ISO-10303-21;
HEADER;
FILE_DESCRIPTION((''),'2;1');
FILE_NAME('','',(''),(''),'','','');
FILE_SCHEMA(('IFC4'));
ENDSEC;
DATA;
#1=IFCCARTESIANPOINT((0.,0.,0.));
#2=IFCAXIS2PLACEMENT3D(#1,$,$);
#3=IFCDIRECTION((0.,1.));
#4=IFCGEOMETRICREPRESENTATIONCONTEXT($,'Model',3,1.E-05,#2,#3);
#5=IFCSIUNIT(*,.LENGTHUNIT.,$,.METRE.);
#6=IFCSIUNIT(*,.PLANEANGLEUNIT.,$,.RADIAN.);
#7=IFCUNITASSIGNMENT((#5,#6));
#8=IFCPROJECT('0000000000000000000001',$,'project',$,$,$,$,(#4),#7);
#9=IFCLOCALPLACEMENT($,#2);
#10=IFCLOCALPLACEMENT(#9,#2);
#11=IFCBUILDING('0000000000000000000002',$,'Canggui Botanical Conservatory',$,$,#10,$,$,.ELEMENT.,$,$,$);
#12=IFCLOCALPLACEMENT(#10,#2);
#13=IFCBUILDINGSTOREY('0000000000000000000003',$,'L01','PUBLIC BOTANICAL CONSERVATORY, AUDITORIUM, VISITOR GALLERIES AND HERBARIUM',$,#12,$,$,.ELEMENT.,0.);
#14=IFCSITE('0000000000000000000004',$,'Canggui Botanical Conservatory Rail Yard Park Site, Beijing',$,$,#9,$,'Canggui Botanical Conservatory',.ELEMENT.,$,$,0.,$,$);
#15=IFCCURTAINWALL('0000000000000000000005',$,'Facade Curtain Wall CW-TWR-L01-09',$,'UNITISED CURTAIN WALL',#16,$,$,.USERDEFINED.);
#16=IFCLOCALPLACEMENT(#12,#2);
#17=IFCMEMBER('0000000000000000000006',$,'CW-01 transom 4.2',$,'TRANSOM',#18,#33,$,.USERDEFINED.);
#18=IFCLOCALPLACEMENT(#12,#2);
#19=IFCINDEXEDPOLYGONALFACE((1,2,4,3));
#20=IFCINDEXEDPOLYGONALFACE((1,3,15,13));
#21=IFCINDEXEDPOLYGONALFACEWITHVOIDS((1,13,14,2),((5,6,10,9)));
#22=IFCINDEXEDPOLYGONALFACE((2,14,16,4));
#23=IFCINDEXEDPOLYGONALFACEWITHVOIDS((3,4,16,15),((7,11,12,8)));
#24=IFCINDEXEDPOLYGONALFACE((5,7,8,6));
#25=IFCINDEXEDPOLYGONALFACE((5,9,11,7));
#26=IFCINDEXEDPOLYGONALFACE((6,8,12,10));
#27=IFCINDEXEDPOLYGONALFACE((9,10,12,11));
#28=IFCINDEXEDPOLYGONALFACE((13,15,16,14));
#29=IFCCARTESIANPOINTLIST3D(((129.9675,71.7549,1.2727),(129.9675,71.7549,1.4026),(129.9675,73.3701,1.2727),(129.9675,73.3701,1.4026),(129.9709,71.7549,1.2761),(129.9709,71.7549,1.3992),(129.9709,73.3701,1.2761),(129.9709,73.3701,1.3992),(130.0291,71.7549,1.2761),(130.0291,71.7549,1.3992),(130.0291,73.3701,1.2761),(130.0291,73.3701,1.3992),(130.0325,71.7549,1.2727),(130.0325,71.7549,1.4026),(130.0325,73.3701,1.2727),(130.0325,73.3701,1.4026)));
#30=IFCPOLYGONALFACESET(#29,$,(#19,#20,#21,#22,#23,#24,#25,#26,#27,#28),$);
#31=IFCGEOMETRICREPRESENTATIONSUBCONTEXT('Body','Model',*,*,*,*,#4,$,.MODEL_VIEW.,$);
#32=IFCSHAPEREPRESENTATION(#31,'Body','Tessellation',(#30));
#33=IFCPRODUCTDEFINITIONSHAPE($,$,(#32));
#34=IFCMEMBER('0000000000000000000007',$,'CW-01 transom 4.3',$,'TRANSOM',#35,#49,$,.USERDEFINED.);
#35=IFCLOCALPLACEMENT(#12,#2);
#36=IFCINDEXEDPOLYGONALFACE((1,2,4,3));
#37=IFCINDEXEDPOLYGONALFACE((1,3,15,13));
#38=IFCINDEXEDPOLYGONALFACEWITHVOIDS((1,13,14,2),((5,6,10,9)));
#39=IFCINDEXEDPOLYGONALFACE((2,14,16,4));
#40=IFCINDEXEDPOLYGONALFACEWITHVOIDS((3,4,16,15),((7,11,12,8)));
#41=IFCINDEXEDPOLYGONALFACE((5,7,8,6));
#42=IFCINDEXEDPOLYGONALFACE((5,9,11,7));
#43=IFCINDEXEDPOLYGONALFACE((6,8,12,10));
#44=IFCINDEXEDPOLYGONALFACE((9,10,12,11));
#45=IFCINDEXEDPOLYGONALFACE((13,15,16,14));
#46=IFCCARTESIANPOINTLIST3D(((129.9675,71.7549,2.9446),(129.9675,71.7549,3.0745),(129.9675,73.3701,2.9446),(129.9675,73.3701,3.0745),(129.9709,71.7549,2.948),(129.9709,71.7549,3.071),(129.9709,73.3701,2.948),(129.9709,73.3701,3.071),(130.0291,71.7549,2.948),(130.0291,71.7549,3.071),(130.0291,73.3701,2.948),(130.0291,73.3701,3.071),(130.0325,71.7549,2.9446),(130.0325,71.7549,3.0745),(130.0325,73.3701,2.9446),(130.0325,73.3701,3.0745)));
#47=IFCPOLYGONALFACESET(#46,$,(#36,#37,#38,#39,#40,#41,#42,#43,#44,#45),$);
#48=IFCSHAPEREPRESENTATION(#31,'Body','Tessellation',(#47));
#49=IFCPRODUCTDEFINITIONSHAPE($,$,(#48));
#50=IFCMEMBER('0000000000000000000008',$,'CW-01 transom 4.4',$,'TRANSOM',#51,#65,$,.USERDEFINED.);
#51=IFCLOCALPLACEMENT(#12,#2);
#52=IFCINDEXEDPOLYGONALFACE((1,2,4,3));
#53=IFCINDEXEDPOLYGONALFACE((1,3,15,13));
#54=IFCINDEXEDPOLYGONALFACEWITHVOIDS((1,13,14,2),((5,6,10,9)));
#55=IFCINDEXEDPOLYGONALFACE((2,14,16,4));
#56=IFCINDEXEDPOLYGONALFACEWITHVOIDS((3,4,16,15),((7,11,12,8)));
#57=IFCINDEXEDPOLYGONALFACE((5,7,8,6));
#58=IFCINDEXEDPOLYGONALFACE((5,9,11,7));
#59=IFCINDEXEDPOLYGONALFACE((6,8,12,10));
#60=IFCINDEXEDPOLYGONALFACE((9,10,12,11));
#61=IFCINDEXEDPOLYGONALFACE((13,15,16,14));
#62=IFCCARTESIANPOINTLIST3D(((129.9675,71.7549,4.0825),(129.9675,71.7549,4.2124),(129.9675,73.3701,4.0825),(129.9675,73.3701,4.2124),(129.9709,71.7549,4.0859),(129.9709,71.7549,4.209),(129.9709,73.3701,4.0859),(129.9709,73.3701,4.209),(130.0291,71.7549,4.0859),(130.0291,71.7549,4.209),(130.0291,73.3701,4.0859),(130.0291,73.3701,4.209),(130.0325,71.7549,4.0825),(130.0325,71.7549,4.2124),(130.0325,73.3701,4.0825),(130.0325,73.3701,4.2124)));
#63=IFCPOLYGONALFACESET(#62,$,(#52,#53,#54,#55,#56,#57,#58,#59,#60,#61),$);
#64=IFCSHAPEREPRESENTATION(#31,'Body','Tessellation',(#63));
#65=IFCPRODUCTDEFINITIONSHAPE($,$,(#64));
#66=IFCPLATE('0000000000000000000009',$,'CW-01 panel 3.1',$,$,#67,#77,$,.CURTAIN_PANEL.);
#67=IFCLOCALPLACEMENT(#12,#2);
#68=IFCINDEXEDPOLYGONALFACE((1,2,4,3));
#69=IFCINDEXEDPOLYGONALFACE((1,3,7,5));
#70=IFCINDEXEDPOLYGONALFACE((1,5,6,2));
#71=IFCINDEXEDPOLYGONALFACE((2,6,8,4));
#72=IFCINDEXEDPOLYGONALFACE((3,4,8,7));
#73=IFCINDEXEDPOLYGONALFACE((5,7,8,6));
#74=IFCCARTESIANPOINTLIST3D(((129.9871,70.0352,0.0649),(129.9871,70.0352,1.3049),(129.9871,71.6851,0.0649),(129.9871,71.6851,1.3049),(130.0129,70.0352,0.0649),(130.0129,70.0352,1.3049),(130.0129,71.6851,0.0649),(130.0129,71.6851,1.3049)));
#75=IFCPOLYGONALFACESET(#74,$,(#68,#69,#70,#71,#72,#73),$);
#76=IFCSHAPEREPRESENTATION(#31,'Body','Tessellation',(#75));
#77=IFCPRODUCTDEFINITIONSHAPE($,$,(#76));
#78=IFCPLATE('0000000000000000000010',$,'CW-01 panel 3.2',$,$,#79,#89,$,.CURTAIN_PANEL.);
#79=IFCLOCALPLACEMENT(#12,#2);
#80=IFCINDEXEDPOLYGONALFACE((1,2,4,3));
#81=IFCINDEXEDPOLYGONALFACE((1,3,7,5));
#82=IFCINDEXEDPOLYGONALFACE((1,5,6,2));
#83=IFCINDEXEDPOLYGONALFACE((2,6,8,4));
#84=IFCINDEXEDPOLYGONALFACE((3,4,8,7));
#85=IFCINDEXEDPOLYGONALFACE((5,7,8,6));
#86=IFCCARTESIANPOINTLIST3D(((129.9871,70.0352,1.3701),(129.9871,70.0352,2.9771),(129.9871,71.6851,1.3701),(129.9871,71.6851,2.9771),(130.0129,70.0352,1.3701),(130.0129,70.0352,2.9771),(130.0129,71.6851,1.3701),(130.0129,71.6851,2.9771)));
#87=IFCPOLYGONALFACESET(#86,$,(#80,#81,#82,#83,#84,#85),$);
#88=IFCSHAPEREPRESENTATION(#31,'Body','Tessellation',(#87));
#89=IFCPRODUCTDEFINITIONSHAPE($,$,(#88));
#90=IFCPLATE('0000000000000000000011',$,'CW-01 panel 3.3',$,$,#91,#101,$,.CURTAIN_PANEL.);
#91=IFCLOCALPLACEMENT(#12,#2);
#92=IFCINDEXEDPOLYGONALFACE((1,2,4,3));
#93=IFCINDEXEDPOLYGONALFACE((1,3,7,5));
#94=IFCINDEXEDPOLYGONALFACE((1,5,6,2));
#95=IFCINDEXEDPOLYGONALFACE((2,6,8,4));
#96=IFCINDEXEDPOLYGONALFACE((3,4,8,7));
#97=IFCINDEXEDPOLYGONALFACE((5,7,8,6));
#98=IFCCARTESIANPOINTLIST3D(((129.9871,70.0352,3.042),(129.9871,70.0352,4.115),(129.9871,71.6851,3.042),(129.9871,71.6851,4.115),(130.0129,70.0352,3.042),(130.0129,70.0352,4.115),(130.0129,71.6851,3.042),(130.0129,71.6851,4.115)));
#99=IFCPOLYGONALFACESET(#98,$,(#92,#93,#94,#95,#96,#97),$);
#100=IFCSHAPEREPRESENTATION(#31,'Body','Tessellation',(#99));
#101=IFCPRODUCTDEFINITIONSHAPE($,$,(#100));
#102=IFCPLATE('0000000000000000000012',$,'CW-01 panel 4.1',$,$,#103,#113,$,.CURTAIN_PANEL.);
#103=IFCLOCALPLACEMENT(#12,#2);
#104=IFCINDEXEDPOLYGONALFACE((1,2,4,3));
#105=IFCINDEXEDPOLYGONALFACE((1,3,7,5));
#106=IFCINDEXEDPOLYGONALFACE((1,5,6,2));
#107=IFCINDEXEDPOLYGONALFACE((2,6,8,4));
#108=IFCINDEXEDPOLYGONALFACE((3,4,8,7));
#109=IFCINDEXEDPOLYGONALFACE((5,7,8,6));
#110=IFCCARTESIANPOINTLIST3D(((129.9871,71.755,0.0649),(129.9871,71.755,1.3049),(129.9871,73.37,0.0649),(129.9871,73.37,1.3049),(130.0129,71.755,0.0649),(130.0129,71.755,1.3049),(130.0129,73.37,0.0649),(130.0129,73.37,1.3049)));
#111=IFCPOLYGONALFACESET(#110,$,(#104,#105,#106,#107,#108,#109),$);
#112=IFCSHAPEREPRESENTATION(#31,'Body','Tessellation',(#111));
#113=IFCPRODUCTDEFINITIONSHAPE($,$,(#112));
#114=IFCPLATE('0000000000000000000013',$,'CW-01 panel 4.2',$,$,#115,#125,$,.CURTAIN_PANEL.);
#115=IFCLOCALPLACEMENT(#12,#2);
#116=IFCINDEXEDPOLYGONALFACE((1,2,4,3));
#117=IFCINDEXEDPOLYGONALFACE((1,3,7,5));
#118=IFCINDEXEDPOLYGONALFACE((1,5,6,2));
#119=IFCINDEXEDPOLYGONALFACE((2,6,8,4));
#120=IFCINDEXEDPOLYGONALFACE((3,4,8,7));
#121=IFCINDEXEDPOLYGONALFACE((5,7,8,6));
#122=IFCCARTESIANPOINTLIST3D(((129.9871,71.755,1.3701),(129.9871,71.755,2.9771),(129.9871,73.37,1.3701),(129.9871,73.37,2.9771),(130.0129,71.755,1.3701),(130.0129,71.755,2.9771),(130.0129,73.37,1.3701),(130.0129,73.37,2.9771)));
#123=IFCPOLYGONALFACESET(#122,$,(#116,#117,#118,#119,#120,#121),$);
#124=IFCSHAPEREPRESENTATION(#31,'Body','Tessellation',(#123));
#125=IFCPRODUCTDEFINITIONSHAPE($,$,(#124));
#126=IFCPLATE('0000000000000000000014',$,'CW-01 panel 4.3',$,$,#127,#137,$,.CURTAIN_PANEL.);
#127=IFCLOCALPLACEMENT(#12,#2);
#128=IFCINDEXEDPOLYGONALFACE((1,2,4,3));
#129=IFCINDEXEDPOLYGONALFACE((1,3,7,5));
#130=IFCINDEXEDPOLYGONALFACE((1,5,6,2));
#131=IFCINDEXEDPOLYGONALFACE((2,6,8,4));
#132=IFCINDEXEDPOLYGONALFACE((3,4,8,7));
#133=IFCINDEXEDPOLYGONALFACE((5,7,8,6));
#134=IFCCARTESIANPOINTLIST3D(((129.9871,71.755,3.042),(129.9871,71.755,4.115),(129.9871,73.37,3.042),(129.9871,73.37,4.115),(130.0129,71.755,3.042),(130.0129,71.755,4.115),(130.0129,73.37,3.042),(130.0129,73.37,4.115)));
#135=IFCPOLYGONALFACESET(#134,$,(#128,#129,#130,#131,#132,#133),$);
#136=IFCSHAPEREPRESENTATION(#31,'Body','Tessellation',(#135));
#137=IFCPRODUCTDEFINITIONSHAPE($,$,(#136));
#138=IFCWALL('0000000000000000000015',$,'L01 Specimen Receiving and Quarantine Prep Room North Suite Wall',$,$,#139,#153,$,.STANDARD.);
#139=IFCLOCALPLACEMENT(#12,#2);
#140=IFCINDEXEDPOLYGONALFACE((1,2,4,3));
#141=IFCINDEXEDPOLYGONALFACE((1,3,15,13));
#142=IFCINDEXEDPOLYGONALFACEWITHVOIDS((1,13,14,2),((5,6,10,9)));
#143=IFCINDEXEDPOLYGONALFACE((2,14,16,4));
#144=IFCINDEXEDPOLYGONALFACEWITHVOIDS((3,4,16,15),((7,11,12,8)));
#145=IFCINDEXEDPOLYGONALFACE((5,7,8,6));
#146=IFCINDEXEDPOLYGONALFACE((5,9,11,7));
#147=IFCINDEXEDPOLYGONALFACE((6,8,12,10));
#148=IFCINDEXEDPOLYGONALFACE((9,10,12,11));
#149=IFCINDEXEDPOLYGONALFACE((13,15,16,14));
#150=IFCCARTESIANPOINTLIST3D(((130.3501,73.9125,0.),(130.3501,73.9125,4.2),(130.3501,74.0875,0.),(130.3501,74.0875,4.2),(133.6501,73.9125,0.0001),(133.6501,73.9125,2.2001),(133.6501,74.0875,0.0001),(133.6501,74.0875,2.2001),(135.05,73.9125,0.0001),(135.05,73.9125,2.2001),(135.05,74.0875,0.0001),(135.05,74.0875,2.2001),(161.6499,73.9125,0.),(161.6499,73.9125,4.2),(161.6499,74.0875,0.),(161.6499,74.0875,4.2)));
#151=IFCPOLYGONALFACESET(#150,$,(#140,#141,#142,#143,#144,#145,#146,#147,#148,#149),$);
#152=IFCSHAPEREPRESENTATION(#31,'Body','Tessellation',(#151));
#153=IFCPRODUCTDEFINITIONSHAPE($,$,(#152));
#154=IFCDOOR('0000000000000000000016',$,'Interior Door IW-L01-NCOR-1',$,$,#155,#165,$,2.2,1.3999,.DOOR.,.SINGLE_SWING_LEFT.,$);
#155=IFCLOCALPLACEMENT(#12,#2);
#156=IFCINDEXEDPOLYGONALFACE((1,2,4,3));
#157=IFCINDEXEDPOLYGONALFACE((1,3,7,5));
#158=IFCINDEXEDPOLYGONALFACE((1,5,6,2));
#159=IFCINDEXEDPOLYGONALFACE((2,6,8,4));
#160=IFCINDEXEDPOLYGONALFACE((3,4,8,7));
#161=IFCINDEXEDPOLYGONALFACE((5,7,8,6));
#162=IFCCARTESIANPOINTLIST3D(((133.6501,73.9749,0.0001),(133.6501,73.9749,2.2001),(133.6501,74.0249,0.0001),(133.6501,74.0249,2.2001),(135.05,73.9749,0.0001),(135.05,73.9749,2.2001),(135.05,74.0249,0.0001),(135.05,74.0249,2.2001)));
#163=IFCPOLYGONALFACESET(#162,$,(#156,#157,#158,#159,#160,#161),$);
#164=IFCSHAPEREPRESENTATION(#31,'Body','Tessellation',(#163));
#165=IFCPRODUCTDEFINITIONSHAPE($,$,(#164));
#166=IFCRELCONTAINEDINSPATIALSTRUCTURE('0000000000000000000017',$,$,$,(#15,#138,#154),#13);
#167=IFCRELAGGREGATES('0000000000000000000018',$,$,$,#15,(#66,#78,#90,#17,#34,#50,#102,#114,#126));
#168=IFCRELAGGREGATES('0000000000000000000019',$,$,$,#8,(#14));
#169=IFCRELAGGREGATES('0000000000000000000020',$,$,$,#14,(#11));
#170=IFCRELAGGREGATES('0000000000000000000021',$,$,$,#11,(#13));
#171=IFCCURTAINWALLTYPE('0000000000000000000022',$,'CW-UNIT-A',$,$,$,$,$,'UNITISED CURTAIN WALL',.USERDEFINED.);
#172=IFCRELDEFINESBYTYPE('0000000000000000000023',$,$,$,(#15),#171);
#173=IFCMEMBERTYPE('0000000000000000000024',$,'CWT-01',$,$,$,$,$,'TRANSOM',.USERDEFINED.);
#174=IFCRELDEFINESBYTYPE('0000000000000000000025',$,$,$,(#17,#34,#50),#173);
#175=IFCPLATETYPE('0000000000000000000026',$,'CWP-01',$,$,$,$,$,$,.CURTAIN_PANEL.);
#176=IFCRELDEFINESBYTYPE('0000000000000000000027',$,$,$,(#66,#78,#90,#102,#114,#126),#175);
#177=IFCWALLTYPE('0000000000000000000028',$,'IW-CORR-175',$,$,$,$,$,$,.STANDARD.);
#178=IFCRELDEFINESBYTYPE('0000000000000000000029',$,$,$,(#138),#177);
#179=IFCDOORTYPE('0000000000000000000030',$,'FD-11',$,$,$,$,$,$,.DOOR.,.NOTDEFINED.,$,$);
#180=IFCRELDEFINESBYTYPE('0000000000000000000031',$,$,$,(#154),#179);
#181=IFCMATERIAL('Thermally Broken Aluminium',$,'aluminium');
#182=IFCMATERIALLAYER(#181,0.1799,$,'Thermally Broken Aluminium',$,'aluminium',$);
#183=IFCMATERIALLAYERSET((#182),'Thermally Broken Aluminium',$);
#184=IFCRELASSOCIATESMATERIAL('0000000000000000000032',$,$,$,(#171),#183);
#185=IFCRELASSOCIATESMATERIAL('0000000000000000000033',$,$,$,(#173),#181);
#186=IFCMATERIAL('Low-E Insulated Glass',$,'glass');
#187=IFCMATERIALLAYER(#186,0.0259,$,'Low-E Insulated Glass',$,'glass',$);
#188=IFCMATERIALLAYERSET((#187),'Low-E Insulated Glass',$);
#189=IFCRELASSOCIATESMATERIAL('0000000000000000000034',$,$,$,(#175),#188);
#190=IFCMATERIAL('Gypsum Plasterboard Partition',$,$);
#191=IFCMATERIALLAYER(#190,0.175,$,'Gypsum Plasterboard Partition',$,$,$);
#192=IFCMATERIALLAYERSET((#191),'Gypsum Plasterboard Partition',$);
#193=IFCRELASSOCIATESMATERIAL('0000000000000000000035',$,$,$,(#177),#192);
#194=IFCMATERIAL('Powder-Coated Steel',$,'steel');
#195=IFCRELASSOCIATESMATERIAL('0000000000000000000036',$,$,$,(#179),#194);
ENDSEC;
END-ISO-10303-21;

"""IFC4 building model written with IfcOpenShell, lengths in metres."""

from ifc_helpers import new_model, si_unit, direction, frame, frame_2d, origin, origin_2d, place, context, subcontext, project, spatial, rectangle, hollow_rectangle, extrude, material, layer, layer_set, material_profile, profile_set, type_object, element, fill, aggregate, save


model = new_model("IFC4")

# Units and contexts
model_context = context("Model", 3, precision=1e-05, world=origin(), true_north=direction((0.0, 1.0)))
body_context = subcontext(model_context, "Body", "Model", "MODEL_VIEW")
ifc_project = project(units=[si_unit("LENGTHUNIT", "METRE"), si_unit("PLANEANGLEUNIT", "RADIAN")], contexts=[model_context])

# Site, building, storey
site_placement = place(None, origin())
site = spatial("IfcSite", under=ifc_project, at=site_placement, Name="Canggui Botanical Conservatory Rail Yard Park Site, Beijing", LongName="Canggui Botanical Conservatory", CompositionType="ELEMENT", RefElevation=0.0)
building_placement = place(site_placement, origin())
building = spatial("IfcBuilding", under=site, at=building_placement, Name="Canggui Botanical Conservatory", CompositionType="ELEMENT")
storey_placement = place(building_placement, origin())
storey = spatial("IfcBuildingStorey", under=building, at=storey_placement, Name="L01", Description="PUBLIC BOTANICAL CONSERVATORY, AUDITORIUM, VISITOR GALLERIES AND HERBARIUM", CompositionType="ELEMENT", Elevation=0.0)

# Curtain wall, members, plates
ifc_material_1 = material(Name="Thermally Broken Aluminium", Category="aluminium")
ifc_layer_1 = layer(ifc_material_1, 0.1799, Name="Thermally Broken Aluminium", Category="aluminium")
ifc_layer_set_1 = layer_set([ifc_layer_1], Name="Thermally Broken Aluminium")
curtain_wall_type = type_object("IfcCurtainWallType", Name="CW-UNIT-A", ElementType="UNITISED CURTAIN WALL", PredefinedType="USERDEFINED", material=ifc_layer_set_1)
curtain_wall_placement = place(storey_placement, origin())
curtain_wall = element("IfcCurtainWall", 1, at=curtain_wall_placement, inside=storey, type_object=curtain_wall_type, Name="Facade Curtain Wall CW-TWR-L01-09", ObjectType="UNITISED CURTAIN WALL", PredefinedType="USERDEFINED")
ifc_material_profile_1 = material_profile(ifc_material_1, hollow_rectangle(XDim=0.0649, YDim=0.1299, WallThickness=0.0034, at=origin_2d()), Name="CWT 65x130x3.5")
ifc_profile_set_1 = profile_set([ifc_material_profile_1], Name="Thermally Broken Aluminium")
member_type_1 = type_object("IfcMemberType", Name="CWT-01", ElementType="TRANSOM", PredefinedType="USERDEFINED", material=ifc_profile_set_1)
member_1_placement = place(storey_placement, frame((130.0, 71.7549, 1.3376), z_axis=(0.0, 1.0, 0.0), x_axis=(-1.0, 0.0, 0.0)))
member_1 = element("IfcMember", 2, at=member_1_placement, type_object=member_type_1, Name="CW-01 transom 4.2", ObjectType="TRANSOM", PredefinedType="USERDEFINED", context=body_context, shape_type="SweptSolid", body=[
    extrude(hollow_rectangle(XDim=0.0649, YDim=0.1299, WallThickness=0.0034, at=origin_2d()), origin(), (0.0, 0.0, 1.0), 1.6152),
])
member_2_placement = place(storey_placement, frame((130.0, 71.7549, 3.0095), z_axis=(0.0, 1.0, 0.0), x_axis=(-1.0, 0.0, 0.0)))
member_2 = element("IfcMember", 3, at=member_2_placement, type_object=member_type_1, Name="CW-01 transom 4.3", ObjectType="TRANSOM", PredefinedType="USERDEFINED", context=body_context, shape_type="SweptSolid", body=[
    extrude(hollow_rectangle(XDim=0.0649, YDim=0.1299, WallThickness=0.0034, at=origin_2d()), origin(), (0.0, 0.0, 1.0), 1.6152),
])
member_3_placement = place(storey_placement, frame((130.0, 71.7549, 4.1475), z_axis=(0.0, 1.0, 0.0), x_axis=(-1.0, 0.0, 0.0)))
member_3 = element("IfcMember", 4, at=member_3_placement, type_object=member_type_1, Name="CW-01 transom 4.4", ObjectType="TRANSOM", PredefinedType="USERDEFINED", context=body_context, shape_type="SweptSolid", body=[
    extrude(hollow_rectangle(XDim=0.0649, YDim=0.1299, WallThickness=0.0034, at=origin_2d()), origin(), (0.0, 0.0, 1.0), 1.6152),
])
ifc_material_2 = material(Name="Low-E Insulated Glass", Category="glass")
ifc_layer_2 = layer(ifc_material_2, 0.0259, Name="Low-E Insulated Glass", Category="glass")
ifc_layer_set_2 = layer_set([ifc_layer_2], Name="Low-E Insulated Glass")
plate_type = type_object("IfcPlateType", Name="CWP-01", PredefinedType="CURTAIN_PANEL", material=ifc_layer_set_2)
plate_1_placement = place(storey_placement, frame((130.0, 70.8601, 0.0649), z_axis=(0.0, 0.0, 1.0), x_axis=(0.0, 1.0, 0.0)))
plate_1 = element("IfcPlate", 5, at=plate_1_placement, type_object=plate_type, Name="CW-01 panel 3.1", PredefinedType="CURTAIN_PANEL", context=body_context, shape_type="SweptSolid", body=[
    extrude(rectangle(XDim=1.6499, YDim=0.0259, at=origin_2d()), origin(), (0.0, 0.0, 1.0), 1.24),
])
plate_2_placement = place(storey_placement, frame((130.0, 70.8601, 1.3701), z_axis=(0.0, 0.0, 1.0), x_axis=(0.0, 1.0, 0.0)))
plate_2 = element("IfcPlate", 6, at=plate_2_placement, type_object=plate_type, Name="CW-01 panel 3.2", PredefinedType="CURTAIN_PANEL", context=body_context, shape_type="SweptSolid", body=[
    extrude(rectangle(XDim=1.6499, YDim=0.0259, at=origin_2d()), origin(), (0.0, 0.0, 1.0), 1.6069),
])
plate_3_placement = place(storey_placement, frame((130.0, 70.8601, 3.042), z_axis=(0.0, 0.0, 1.0), x_axis=(0.0, 1.0, 0.0)))
plate_3 = element("IfcPlate", 7, at=plate_3_placement, type_object=plate_type, Name="CW-01 panel 3.3", PredefinedType="CURTAIN_PANEL", context=body_context, shape_type="SweptSolid", body=[
    extrude(rectangle(XDim=1.6499, YDim=0.0259, at=origin_2d()), origin(), (0.0, 0.0, 1.0), 1.073),
])
plate_4_placement = place(storey_placement, frame((130.0, 72.5625, 0.0649), z_axis=(0.0, 0.0, 1.0), x_axis=(0.0, 1.0, 0.0)))
plate_4 = element("IfcPlate", 8, at=plate_4_placement, type_object=plate_type, Name="CW-01 panel 4.1", PredefinedType="CURTAIN_PANEL", context=body_context, shape_type="SweptSolid", body=[
    extrude(rectangle(XDim=1.615, YDim=0.0259, at=origin_2d()), origin(), (0.0, 0.0, 1.0), 1.24),
])
plate_5_placement = place(storey_placement, frame((130.0, 72.5625, 1.3701), z_axis=(0.0, 0.0, 1.0), x_axis=(0.0, 1.0, 0.0)))
plate_5 = element("IfcPlate", 9, at=plate_5_placement, type_object=plate_type, Name="CW-01 panel 4.2", PredefinedType="CURTAIN_PANEL", context=body_context, shape_type="SweptSolid", body=[
    extrude(rectangle(XDim=1.615, YDim=0.0259, at=origin_2d()), origin(), (0.0, 0.0, 1.0), 1.6069),
])
plate_6_placement = place(storey_placement, frame((130.0, 72.5625, 3.042), z_axis=(0.0, 0.0, 1.0), x_axis=(0.0, 1.0, 0.0)))
plate_6 = element("IfcPlate", 10, at=plate_6_placement, type_object=plate_type, Name="CW-01 panel 4.3", PredefinedType="CURTAIN_PANEL", context=body_context, shape_type="SweptSolid", body=[
    extrude(rectangle(XDim=1.615, YDim=0.0259, at=origin_2d()), origin(), (0.0, 0.0, 1.0), 1.073),
])
aggregate(curtain_wall, [plate_1, plate_2, plate_3, member_1, member_2, member_3, plate_4, plate_5, plate_6])

# Wall, opening, door
ifc_material_3 = material(Name="Gypsum Plasterboard Partition")
ifc_layer_3 = layer(ifc_material_3, 0.175, Name="Gypsum Plasterboard Partition")
ifc_layer_set_3 = layer_set([ifc_layer_3], Name="Gypsum Plasterboard Partition")
wall_type_1 = type_object("IfcWallType", Name="IW-CORR-175", PredefinedType="STANDARD", material=ifc_layer_set_3)
wall_1_placement = place(storey_placement, frame((130.3501, 74.0, 0.0), z_axis=(0.0, 0.0, 1.0), x_axis=(1.0, 0.0, 0.0)))
wall_1 = element("IfcWall", 11, at=wall_1_placement, inside=storey, type_object=wall_type_1, Name="L01 Specimen Receiving and Quarantine Prep Room North Suite Wall", PredefinedType="STANDARD", context=body_context, shape_type="SweptSolid", body=[
    extrude(rectangle(XDim=31.2998, YDim=0.175, at=frame_2d((15.6499, 0.0))), origin(), (0.0, 0.0, 1.0), 4.2),
])
opening_1_placement = place(wall_1_placement, frame((3.3, 0.0, 0.0)))
opening_1 = element("IfcOpeningElement", 12, at=opening_1_placement, cuts=wall_1, PredefinedType="OPENING", context=body_context, shape_type="SweptSolid", body=[
    extrude(rectangle(XDim=1.3999, YDim=2.2, at=frame_2d((0.7, 1.1001))), frame((0.0, 0.0977, 0.0), z_axis=(0.0, -1.0, 0.0), x_axis=(1.0, 0.0, 0.0)), (0.0, 0.0, 1.0), 0.1951),
])
ifc_material_4 = material(Name="Powder-Coated Steel", Category="steel")
door_type_1 = type_object("IfcDoorType", Name="FD-11", OperationType="NOTDEFINED", PredefinedType="DOOR", material=ifc_material_4)
door_1_placement = place(opening_1_placement, origin())
door_1 = element("IfcDoor", 13, at=door_1_placement, inside=storey, type_object=door_type_1, Name="Interior Door IW-L01-NCOR-1", OperationType="SINGLE_SWING_LEFT", OverallHeight=2.2, OverallWidth=1.3999, PredefinedType="DOOR", context=body_context, shape_type="SweptSolid", body=[
    extrude(rectangle(XDim=1.3999, YDim=2.2, at=frame_2d((0.7, 1.1001))), frame((0.0, 0.0249, 0.0), z_axis=(0.0, -1.0, 0.0), x_axis=(1.0, 0.0, 0.0)), (0.0, 0.0, 1.0), 0.05),
])
fill(opening_1, door_1)

save(model, "model.ifc")
